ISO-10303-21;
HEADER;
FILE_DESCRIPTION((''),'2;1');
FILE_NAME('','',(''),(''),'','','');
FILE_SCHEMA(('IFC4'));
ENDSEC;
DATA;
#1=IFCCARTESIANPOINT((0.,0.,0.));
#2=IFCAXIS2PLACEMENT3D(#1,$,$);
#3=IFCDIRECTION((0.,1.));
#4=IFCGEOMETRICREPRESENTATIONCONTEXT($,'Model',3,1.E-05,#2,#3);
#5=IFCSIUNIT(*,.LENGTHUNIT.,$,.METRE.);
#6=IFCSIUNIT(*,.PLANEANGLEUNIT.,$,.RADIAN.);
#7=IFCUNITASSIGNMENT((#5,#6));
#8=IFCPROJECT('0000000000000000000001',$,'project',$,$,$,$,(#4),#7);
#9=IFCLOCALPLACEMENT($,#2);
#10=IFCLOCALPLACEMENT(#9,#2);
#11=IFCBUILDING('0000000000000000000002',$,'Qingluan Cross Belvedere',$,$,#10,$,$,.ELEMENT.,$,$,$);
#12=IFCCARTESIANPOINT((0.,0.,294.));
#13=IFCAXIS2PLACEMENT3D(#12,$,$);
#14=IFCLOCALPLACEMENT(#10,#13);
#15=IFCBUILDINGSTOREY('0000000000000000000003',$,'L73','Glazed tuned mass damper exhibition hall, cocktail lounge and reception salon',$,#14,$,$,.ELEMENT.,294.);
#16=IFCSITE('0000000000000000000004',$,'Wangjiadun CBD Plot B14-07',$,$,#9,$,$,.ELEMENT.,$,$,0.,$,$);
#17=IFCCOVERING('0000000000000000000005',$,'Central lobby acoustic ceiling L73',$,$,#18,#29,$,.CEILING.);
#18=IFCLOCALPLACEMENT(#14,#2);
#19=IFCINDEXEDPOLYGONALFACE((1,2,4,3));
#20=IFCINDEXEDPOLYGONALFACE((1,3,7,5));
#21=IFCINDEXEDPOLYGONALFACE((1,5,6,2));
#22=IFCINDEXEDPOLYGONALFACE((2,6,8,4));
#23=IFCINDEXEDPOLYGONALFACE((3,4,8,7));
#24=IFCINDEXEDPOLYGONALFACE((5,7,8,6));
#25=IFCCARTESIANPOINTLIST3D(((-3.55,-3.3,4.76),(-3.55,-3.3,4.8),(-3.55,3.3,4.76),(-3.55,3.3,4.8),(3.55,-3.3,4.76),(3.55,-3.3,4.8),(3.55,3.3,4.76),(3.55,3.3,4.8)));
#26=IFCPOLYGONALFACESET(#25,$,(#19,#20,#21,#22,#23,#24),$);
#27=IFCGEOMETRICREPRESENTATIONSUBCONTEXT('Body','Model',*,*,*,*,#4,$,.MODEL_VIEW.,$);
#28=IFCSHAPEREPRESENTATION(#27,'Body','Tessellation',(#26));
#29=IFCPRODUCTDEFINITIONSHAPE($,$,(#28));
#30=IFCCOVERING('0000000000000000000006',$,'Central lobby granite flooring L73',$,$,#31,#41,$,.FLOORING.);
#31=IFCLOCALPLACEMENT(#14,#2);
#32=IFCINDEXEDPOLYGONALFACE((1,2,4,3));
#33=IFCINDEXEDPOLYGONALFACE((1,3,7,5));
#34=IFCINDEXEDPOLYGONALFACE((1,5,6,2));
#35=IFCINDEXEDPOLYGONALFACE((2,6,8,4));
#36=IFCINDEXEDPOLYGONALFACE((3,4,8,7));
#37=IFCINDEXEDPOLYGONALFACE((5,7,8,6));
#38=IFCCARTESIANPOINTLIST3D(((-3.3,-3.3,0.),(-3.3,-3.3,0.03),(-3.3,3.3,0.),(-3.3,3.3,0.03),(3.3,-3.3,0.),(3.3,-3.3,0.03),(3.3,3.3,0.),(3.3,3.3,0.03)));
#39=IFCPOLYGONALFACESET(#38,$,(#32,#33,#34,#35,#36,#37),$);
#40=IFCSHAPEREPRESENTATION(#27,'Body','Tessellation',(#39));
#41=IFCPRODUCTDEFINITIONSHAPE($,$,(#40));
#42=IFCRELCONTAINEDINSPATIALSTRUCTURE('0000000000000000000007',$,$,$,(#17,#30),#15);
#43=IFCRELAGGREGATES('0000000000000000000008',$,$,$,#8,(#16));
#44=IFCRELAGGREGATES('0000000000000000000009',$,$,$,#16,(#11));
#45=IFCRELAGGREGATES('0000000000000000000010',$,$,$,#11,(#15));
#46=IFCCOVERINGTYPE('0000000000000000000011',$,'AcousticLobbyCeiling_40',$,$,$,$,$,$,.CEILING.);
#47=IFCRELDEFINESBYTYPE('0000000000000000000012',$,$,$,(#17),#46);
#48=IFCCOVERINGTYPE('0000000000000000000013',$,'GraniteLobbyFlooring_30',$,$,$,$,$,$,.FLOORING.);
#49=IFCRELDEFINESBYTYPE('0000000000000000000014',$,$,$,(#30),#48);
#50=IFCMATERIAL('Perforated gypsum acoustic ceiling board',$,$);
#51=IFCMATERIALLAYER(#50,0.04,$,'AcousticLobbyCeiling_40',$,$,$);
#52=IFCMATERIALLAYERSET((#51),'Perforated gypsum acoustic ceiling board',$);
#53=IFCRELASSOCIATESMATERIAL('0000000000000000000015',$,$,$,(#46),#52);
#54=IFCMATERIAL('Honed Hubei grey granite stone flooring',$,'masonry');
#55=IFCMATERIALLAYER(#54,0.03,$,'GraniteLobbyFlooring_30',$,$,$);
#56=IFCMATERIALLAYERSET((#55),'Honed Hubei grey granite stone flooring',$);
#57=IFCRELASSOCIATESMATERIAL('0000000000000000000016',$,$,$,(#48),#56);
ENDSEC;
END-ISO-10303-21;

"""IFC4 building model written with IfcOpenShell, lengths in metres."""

from ifc_helpers import new_model, si_unit, direction, frame, origin, origin_with_axes, origin_2d, place, context, subcontext, project, spatial, rectangle, extrude, material, layer, layer_set, type_object, element, save


model = new_model("IFC4")

# Units and contexts
model_context = context("Model", 3, precision=1e-05, world=origin(), true_north=direction((0.0, 1.0)))
body_context = subcontext(model_context, "Body", "Model", "MODEL_VIEW")
ifc_project = project(units=[si_unit("LENGTHUNIT", "METRE"), si_unit("PLANEANGLEUNIT", "RADIAN")], contexts=[model_context])

# Site, building, storey
site_placement = place(None, origin())
site = spatial("IfcSite", under=ifc_project, at=site_placement, Name="Wangjiadun CBD Plot B14-07", CompositionType="ELEMENT", RefElevation=0.0)
building_placement = place(site_placement, origin())
building = spatial("IfcBuilding", under=site, at=building_placement, Name="Qingluan Cross Belvedere", CompositionType="ELEMENT")
storey_placement = place(building_placement, frame((0.0, 0.0, 294.0)))
storey = spatial("IfcBuildingStorey", under=building, at=storey_placement, Name="L73", Description="Glazed tuned mass damper exhibition hall, cocktail lounge and reception salon", CompositionType="ELEMENT", Elevation=294.0)

# Coverings
ifc_material_1 = material(Name="Perforated gypsum acoustic ceiling board")
ifc_layer_1 = layer(ifc_material_1, 0.04, Name="AcousticLobbyCeiling_40")
ifc_layer_set_1 = layer_set([ifc_layer_1], Name="Perforated gypsum acoustic ceiling board")
covering_type_1 = type_object("IfcCoveringType", Name="AcousticLobbyCeiling_40", PredefinedType="CEILING", material=ifc_layer_set_1)
covering_1_placement = place(storey_placement, frame((0.0, 0.0, 4.76), z_axis=(0.0, 0.0, 1.0), x_axis=(1.0, 0.0, 0.0)))
element("IfcCovering", 1, at=covering_1_placement, inside=storey, type_object=covering_type_1, Name="Central lobby acoustic ceiling L73", PredefinedType="CEILING", context=body_context, shape_type="SweptSolid", body=[
    extrude(rectangle(XDim=7.1001, YDim=6.6001, at=origin_2d()), origin(), (0.0, 0.0, 1.0), 0.04),
])
ifc_material_2 = material(Name="Honed Hubei grey granite stone flooring", Category="masonry")
ifc_layer_2 = layer(ifc_material_2, 0.03, Name="GraniteLobbyFlooring_30")
ifc_layer_set_2 = layer_set([ifc_layer_2], Name="Honed Hubei grey granite stone flooring")
covering_type_2 = type_object("IfcCoveringType", Name="GraniteLobbyFlooring_30", PredefinedType="FLOORING", material=ifc_layer_set_2)
covering_2_placement = place(storey_placement, origin_with_axes())
element("IfcCovering", 2, at=covering_2_placement, inside=storey, type_object=covering_type_2, Name="Central lobby granite flooring L73", PredefinedType="FLOORING", context=body_context, shape_type="SweptSolid", body=[
    extrude(rectangle(XDim=6.6001, YDim=6.6001, at=origin_2d()), origin(), (0.0, 0.0, 1.0), 0.03),
])

save(model, "model.ifc")
